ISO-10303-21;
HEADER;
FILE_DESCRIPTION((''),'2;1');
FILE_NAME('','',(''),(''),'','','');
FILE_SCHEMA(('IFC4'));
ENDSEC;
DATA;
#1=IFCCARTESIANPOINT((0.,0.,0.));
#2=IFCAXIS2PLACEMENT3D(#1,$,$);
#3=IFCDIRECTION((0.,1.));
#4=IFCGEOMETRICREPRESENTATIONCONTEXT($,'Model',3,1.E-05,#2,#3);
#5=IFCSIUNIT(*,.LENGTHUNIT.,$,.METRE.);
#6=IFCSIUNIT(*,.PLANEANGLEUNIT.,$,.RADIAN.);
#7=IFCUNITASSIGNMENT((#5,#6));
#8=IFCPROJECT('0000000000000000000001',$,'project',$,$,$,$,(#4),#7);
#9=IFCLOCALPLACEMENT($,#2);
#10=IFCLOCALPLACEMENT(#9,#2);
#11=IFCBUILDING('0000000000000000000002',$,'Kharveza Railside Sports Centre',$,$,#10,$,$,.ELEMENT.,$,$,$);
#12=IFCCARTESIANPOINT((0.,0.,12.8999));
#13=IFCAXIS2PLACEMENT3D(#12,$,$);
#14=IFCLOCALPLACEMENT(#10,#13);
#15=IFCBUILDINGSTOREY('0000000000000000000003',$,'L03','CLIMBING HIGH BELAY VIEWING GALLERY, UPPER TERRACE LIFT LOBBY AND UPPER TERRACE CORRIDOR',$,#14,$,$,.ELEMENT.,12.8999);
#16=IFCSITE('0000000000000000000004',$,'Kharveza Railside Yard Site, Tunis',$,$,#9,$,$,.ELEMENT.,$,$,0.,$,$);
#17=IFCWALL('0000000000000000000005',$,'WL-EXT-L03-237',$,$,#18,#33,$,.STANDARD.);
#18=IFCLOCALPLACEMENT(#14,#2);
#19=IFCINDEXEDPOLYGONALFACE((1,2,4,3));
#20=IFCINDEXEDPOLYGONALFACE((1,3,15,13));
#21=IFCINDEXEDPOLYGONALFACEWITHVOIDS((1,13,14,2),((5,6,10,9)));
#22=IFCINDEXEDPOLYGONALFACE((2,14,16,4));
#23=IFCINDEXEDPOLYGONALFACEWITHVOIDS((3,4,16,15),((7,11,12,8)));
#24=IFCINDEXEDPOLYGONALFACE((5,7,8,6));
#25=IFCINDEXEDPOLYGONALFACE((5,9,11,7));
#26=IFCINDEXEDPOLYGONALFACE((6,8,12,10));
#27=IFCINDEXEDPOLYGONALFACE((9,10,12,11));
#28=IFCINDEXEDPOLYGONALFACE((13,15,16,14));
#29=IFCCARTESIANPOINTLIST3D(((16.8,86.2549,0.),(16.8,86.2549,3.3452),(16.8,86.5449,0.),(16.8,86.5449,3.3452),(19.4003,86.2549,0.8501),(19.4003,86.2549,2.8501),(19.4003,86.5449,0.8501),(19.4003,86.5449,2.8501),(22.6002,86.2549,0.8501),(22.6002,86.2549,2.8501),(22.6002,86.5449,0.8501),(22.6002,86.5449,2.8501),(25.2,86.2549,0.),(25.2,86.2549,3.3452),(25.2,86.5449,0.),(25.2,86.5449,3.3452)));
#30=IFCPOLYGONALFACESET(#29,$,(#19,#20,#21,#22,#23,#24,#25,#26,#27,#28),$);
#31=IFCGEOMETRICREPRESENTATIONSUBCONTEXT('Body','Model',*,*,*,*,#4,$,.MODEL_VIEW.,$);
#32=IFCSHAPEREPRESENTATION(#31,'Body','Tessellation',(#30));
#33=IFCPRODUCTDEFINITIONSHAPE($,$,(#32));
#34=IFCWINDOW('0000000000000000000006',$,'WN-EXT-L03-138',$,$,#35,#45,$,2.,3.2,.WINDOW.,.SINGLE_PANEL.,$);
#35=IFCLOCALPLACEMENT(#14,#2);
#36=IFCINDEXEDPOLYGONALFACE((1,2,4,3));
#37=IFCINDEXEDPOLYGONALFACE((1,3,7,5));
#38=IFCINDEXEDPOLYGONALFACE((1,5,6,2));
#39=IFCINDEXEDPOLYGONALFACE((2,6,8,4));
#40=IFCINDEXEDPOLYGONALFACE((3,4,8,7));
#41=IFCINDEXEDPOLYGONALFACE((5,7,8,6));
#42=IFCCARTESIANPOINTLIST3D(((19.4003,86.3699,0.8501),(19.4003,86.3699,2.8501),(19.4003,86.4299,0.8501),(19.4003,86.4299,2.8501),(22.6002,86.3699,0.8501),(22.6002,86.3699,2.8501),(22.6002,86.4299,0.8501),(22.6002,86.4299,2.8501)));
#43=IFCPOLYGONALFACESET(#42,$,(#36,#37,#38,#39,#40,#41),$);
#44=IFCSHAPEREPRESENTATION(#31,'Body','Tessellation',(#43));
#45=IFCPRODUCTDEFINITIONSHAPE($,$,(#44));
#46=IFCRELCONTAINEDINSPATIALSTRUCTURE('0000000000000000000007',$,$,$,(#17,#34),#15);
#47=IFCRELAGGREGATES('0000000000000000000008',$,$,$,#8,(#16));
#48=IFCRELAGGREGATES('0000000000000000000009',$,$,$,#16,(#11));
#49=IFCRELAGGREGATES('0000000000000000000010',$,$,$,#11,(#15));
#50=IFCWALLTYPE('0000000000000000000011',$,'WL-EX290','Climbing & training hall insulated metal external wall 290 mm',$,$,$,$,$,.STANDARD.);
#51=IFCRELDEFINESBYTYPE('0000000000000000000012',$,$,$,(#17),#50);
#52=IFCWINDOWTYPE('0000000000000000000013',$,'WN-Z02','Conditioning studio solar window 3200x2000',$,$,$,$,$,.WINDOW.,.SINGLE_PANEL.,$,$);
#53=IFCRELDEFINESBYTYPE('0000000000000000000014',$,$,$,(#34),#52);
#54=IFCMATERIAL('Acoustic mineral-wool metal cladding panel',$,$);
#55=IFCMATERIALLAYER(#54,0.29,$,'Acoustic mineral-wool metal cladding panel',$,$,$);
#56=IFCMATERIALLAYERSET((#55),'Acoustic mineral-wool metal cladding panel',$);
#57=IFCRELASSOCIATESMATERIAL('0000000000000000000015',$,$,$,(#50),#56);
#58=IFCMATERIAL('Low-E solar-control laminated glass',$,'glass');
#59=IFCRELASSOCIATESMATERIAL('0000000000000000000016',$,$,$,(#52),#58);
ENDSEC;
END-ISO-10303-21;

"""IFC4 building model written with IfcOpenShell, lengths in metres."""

from ifc_helpers import new_model, si_unit, direction, frame, frame_2d, origin, place, context, subcontext, project, spatial, rectangle, extrude, material, layer, layer_set, type_object, element, fill, save


model = new_model("IFC4")

# Units and contexts
model_context = context("Model", 3, precision=1e-05, world=origin(), true_north=direction((0.0, 1.0)))
body_context = subcontext(model_context, "Body", "Model", "MODEL_VIEW")
ifc_project = project(units=[si_unit("LENGTHUNIT", "METRE"), si_unit("PLANEANGLEUNIT", "RADIAN")], contexts=[model_context])

# Site, building, storey
site_placement = place(None, origin())
site = spatial("IfcSite", under=ifc_project, at=site_placement, Name="Kharveza Railside Yard Site, Tunis", CompositionType="ELEMENT", RefElevation=0.0)
building_placement = place(site_placement, origin())
building = spatial("IfcBuilding", under=site, at=building_placement, Name="Kharveza Railside Sports Centre", CompositionType="ELEMENT")
storey_placement = place(building_placement, frame((0.0, 0.0, 12.8999)))
storey = spatial("IfcBuildingStorey", under=building, at=storey_placement, Name="L03", Description="CLIMBING HIGH BELAY VIEWING GALLERY, UPPER TERRACE LIFT LOBBY AND UPPER TERRACE CORRIDOR", CompositionType="ELEMENT", Elevation=12.8999)

# Wall, opening, window
ifc_material_1 = material(Name="Acoustic mineral-wool metal cladding panel")
ifc_layer_1 = layer(ifc_material_1, 0.29, Name="Acoustic mineral-wool metal cladding panel")
ifc_layer_set_1 = layer_set([ifc_layer_1], Name="Acoustic mineral-wool metal cladding panel")
wall_type = type_object("IfcWallType", Name="WL-EX290", Description="Climbing & training hall insulated metal external wall 290 mm", PredefinedType="STANDARD", material=ifc_layer_set_1)
ifc_material_2 = material(Name="Low-E solar-control laminated glass", Category="glass")
wall_1_placement = place(storey_placement, frame((16.8, 86.3999, 0.0), z_axis=(0.0, 0.0, 1.0), x_axis=(1.0, 0.0, 0.0)))
wall_1 = element("IfcWall", 1, at=wall_1_placement, inside=storey, type_object=wall_type, Name="WL-EXT-L03-237", PredefinedType="STANDARD", context=body_context, shape_type="SweptSolid", body=[
    extrude(rectangle(XDim=8.3999, YDim=0.29, at=frame_2d((4.2, 0.0))), origin(), (0.0, 0.0, 1.0), 3.3452),
])
opening_1_placement = place(wall_1_placement, frame((2.6001, 0.0, 0.8501)))
opening_1 = element("IfcOpeningElement", 2, at=opening_1_placement, cuts=wall_1, PredefinedType="OPENING", context=body_context, shape_type="SweptSolid", body=[
    extrude(rectangle(XDim=3.2, YDim=2.0, at=frame_2d((1.6001, 1.0))), frame((0.0, 0.1699, 0.0), z_axis=(0.0, -1.0, 0.0), x_axis=(1.0, 0.0, 0.0)), (0.0, 0.0, 1.0), 0.3398),
])
window_type_1 = type_object("IfcWindowType", Name="WN-Z02", Description="Conditioning studio solar window 3200x2000", PartitioningType="SINGLE_PANEL", PredefinedType="WINDOW", material=ifc_material_2)
window_1_placement = place(opening_1_placement, origin())
window_1 = element("IfcWindow", 3, at=window_1_placement, inside=storey, type_object=window_type_1, Name="WN-EXT-L03-138", OverallHeight=2.0, OverallWidth=3.2, PartitioningType="SINGLE_PANEL", PredefinedType="WINDOW", context=body_context, shape_type="SweptSolid", body=[
    extrude(rectangle(XDim=3.2, YDim=2.0, at=frame_2d((1.6001, 1.0))), frame((0.0, 0.03, 0.0), z_axis=(0.0, -1.0, 0.0), x_axis=(1.0, 0.0, 0.0)), (0.0, 0.0, 1.0), 0.0601),
])
fill(opening_1, window_1)

save(model, "model.ifc")
